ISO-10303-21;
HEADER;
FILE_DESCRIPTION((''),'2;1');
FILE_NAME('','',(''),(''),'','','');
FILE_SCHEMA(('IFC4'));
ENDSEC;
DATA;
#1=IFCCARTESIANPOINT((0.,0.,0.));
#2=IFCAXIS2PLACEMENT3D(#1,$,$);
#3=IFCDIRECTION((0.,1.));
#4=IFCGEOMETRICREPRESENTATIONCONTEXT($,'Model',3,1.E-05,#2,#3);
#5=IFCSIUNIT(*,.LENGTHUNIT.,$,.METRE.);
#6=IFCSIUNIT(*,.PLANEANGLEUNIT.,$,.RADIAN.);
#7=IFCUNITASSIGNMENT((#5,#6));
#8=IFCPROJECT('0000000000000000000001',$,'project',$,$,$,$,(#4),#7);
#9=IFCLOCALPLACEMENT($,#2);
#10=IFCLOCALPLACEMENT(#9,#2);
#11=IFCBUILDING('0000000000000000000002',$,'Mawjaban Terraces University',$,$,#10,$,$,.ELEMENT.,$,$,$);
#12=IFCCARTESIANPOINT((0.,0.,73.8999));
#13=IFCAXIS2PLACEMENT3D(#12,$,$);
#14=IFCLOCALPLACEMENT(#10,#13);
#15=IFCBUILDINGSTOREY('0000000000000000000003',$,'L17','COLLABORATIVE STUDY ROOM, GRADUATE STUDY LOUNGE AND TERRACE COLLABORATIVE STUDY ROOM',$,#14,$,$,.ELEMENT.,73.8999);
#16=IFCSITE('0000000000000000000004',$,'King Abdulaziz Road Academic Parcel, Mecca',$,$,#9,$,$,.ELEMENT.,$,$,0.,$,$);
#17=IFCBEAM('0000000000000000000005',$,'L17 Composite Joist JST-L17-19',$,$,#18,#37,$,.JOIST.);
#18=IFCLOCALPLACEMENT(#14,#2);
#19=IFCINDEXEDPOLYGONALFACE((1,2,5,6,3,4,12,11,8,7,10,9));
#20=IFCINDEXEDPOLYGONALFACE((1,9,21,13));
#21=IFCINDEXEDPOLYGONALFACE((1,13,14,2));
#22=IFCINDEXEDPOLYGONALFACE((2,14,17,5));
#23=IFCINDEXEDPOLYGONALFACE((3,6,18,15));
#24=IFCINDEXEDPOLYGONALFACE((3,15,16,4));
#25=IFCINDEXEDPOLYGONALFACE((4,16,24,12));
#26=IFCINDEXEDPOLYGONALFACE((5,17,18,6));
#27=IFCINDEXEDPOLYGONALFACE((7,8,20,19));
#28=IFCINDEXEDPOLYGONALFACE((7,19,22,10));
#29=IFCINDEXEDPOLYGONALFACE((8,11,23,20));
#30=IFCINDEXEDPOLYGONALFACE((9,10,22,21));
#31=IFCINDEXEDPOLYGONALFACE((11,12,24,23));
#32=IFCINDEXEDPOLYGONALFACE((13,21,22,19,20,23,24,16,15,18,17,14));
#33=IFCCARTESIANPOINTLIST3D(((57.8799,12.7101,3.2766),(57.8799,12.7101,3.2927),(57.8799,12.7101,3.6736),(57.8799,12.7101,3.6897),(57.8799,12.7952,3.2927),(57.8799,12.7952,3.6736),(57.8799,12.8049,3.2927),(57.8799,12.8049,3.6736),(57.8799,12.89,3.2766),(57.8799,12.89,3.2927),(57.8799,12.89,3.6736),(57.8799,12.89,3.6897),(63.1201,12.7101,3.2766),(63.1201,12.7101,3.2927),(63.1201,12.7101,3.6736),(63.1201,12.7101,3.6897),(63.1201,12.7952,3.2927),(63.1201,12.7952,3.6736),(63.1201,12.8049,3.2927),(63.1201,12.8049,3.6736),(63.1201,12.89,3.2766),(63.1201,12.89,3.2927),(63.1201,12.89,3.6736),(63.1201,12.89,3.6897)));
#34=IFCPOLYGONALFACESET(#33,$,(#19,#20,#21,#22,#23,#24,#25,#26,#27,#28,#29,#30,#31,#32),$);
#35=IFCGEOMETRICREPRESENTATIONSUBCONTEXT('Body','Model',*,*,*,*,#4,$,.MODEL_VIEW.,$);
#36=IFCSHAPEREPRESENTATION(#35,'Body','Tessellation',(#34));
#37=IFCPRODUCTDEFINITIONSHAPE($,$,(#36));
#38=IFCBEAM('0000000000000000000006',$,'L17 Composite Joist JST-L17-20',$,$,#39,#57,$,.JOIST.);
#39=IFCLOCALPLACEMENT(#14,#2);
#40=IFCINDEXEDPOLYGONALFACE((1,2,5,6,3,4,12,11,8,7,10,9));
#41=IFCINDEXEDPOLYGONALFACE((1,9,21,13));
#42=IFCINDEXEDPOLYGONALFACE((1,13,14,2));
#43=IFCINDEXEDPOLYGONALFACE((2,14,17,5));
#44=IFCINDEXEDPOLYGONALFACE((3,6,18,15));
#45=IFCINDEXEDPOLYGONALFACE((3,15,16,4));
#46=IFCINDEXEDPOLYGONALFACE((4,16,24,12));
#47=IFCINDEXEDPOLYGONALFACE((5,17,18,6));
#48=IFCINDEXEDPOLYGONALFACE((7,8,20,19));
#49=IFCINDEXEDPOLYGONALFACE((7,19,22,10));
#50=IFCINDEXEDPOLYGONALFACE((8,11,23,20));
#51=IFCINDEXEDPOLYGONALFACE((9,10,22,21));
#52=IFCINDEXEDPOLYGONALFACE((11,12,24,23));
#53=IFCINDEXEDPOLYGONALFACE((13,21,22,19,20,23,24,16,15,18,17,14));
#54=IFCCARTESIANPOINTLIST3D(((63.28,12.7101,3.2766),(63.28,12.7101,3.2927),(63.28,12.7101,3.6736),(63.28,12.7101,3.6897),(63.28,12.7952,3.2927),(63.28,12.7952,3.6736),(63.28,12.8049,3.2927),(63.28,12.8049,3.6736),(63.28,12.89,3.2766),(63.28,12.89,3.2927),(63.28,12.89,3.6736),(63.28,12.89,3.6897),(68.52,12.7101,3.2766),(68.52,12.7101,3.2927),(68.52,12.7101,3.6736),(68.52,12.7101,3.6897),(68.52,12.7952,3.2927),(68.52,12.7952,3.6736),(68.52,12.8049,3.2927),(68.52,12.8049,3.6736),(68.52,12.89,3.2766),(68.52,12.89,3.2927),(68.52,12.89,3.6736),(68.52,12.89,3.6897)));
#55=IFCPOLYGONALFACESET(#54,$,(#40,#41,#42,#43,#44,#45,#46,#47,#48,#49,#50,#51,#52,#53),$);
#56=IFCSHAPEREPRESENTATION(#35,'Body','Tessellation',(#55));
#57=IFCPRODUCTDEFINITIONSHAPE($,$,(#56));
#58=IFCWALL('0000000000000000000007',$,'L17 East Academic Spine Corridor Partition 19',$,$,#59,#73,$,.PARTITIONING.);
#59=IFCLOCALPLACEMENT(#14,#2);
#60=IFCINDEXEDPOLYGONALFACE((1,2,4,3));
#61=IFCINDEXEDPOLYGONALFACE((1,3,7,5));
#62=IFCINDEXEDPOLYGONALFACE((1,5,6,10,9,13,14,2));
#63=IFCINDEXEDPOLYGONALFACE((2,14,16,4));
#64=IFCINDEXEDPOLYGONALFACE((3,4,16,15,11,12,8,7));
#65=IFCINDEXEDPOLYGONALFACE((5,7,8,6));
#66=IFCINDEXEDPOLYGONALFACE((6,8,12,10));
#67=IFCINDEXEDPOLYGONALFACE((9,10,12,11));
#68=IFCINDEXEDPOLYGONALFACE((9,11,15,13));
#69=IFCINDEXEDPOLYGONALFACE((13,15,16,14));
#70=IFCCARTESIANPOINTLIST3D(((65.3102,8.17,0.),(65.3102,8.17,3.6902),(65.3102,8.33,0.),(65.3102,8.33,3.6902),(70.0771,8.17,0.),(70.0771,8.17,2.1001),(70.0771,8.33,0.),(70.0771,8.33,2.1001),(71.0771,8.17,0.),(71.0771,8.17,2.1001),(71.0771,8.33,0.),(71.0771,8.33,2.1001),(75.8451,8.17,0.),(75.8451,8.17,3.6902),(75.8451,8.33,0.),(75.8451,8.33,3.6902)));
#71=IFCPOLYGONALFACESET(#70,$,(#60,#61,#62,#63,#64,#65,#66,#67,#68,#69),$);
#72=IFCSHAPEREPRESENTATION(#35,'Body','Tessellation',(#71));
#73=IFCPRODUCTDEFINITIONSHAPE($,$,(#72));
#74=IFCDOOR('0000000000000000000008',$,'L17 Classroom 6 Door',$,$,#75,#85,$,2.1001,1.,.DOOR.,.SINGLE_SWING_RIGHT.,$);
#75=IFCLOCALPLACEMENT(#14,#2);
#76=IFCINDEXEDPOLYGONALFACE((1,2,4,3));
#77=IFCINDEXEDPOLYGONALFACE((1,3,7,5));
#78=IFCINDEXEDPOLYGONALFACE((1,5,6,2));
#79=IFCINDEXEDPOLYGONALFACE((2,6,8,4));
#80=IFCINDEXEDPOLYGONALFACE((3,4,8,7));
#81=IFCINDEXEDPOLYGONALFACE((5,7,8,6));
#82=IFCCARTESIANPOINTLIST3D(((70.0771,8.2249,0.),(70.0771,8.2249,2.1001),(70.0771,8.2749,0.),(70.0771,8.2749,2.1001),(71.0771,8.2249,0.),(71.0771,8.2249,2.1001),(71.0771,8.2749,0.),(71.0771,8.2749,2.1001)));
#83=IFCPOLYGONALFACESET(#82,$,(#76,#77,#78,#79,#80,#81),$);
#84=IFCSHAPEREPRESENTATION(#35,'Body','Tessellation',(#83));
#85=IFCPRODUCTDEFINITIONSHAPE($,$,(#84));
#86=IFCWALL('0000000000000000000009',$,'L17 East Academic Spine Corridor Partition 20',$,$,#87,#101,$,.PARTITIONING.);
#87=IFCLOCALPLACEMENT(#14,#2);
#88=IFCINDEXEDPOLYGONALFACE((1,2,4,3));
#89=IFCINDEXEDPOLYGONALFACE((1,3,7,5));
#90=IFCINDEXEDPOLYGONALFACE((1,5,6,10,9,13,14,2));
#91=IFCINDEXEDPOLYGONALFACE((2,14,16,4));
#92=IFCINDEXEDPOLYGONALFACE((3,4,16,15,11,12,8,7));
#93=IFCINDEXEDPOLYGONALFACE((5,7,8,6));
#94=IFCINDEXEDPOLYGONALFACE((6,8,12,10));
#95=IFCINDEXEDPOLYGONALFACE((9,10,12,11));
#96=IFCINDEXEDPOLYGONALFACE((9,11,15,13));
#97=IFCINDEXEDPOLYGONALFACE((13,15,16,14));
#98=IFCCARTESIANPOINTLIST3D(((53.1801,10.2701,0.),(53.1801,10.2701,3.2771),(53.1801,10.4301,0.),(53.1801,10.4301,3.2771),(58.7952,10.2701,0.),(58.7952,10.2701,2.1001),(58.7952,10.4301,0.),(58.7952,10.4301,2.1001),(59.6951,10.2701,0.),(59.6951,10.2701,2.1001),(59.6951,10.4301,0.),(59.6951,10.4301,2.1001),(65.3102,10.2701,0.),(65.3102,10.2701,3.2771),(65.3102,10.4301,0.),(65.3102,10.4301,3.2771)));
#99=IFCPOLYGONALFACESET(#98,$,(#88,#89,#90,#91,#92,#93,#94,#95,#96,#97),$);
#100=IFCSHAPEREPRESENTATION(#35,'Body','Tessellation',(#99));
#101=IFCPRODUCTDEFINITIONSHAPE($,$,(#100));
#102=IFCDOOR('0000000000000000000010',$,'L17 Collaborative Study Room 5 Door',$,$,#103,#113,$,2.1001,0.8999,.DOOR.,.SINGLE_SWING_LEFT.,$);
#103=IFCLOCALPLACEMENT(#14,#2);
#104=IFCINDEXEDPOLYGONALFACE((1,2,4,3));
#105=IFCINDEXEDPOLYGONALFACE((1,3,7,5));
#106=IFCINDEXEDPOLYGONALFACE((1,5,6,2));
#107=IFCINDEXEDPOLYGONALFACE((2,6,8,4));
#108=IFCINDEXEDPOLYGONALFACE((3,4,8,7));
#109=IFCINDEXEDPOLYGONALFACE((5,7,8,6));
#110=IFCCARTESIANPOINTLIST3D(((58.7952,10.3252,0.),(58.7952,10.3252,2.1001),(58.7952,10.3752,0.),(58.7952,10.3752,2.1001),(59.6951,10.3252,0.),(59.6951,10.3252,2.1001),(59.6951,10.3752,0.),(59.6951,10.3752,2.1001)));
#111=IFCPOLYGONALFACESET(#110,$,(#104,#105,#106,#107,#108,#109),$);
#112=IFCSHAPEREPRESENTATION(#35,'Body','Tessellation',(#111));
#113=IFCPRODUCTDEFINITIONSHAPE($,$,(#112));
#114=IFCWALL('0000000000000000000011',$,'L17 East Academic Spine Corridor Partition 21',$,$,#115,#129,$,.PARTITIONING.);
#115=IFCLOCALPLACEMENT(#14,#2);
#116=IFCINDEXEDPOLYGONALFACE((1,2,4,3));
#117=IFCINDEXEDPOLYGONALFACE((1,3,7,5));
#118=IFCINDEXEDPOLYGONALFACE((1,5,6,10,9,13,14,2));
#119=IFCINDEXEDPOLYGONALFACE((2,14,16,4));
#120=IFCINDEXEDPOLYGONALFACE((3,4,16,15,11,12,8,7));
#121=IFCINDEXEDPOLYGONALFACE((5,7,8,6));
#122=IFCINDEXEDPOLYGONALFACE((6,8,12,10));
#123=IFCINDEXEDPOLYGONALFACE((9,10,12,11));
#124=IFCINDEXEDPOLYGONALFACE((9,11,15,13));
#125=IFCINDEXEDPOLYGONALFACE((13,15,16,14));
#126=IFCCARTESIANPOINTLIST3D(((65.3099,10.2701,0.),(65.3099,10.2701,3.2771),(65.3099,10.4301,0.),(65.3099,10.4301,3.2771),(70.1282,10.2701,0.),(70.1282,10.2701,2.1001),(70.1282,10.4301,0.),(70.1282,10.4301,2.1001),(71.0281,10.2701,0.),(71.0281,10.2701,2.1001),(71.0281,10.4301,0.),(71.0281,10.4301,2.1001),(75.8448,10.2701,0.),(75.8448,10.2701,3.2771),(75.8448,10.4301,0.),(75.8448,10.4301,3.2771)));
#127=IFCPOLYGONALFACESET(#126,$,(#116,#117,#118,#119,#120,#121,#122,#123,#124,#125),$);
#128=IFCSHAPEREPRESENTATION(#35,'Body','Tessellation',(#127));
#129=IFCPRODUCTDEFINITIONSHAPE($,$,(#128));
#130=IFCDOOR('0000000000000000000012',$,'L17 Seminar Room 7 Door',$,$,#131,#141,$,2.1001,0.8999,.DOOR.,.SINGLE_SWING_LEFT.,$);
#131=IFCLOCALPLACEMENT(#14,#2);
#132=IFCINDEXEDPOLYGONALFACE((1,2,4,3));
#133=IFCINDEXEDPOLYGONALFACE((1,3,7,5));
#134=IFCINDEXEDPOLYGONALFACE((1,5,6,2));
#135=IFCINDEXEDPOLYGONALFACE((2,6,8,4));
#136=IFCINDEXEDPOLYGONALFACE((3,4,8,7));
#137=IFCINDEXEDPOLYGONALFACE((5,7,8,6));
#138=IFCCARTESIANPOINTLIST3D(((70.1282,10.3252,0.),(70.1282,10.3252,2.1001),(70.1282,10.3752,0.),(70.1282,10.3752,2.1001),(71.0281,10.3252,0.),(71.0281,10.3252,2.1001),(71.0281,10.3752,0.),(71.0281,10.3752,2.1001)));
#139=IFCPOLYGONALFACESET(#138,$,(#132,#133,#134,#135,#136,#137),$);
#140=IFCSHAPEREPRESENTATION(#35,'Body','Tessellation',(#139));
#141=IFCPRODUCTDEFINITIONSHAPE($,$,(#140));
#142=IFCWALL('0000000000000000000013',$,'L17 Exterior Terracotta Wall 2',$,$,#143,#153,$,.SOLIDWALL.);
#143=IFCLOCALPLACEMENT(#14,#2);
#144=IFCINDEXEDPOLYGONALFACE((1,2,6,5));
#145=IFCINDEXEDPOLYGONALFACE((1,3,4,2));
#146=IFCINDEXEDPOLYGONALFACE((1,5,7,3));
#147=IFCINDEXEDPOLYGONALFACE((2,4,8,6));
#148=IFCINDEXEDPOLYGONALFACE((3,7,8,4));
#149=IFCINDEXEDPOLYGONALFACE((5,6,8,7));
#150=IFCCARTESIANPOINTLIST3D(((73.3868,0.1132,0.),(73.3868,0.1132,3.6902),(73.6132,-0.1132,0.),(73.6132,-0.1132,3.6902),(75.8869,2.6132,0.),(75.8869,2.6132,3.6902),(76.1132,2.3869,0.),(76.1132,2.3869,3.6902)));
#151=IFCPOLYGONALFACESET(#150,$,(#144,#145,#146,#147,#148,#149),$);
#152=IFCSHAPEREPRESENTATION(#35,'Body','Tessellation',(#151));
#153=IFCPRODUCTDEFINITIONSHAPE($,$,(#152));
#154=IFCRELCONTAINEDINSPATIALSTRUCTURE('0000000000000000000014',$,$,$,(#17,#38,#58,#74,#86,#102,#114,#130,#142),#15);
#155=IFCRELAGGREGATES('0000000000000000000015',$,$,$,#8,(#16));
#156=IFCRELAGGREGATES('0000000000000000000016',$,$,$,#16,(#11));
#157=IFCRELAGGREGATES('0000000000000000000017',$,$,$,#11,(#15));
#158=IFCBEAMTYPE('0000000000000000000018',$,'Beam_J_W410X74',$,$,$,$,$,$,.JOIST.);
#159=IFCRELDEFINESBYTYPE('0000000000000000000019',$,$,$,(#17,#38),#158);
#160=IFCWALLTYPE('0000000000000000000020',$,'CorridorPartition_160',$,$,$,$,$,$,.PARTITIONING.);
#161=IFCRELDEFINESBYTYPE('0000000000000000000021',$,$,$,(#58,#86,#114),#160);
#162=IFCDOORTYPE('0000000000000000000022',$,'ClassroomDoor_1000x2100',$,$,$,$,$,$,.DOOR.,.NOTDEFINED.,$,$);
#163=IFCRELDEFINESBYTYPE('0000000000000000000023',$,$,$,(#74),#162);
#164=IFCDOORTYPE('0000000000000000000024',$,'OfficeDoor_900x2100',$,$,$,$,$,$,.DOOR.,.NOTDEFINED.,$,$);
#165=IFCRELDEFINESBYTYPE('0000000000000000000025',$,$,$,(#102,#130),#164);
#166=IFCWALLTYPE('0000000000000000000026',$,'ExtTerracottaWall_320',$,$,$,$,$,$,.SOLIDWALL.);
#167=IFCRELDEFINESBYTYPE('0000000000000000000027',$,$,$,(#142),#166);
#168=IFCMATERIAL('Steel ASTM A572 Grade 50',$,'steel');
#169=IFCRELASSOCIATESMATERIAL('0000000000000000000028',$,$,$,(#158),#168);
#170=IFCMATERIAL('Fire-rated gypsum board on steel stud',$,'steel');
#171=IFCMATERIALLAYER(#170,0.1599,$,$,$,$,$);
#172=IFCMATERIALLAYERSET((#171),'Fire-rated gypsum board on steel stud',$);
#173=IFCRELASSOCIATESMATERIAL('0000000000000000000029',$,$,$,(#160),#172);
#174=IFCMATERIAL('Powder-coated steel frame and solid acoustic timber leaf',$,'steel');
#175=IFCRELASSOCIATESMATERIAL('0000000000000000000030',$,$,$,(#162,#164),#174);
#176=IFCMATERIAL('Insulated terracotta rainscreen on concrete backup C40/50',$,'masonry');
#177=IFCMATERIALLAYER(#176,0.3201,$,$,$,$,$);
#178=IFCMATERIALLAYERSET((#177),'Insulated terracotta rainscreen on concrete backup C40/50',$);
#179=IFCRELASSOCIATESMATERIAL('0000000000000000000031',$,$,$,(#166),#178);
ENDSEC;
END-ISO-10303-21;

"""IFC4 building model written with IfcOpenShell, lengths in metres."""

from ifc_helpers import new_model, si_unit, direction, frame, frame_2d, origin, origin_2d, place, context, subcontext, project, spatial, rectangle, i_section, extrude, material, layer, layer_set, material_profile, profile_set, type_object, element, fill, save


model = new_model("IFC4")

# Units and contexts
model_context = context("Model", 3, precision=1e-05, world=origin(), true_north=direction((0.0, 1.0)))
body_context = subcontext(model_context, "Body", "Model", "MODEL_VIEW")
ifc_project = project(units=[si_unit("LENGTHUNIT", "METRE"), si_unit("PLANEANGLEUNIT", "RADIAN")], contexts=[model_context])

# Site, building, storey
site_placement = place(None, origin())
site = spatial("IfcSite", under=ifc_project, at=site_placement, Name="King Abdulaziz Road Academic Parcel, Mecca", CompositionType="ELEMENT", RefElevation=0.0)
building_placement = place(site_placement, origin())
building = spatial("IfcBuilding", under=site, at=building_placement, Name="Mawjaban Terraces University", CompositionType="ELEMENT")
storey_placement = place(building_placement, frame((0.0, 0.0, 73.8999)))
storey = spatial("IfcBuildingStorey", under=building, at=storey_placement, Name="L17", Description="COLLABORATIVE STUDY ROOM, GRADUATE STUDY LOUNGE AND TERRACE COLLABORATIVE STUDY ROOM", CompositionType="ELEMENT", Elevation=73.8999)

# Beams
ifc_material_1 = material(Name="Steel ASTM A572 Grade 50", Category="steel")
ifc_material_profile_1 = material_profile(ifc_material_1, i_section(OverallWidth=0.1799, OverallDepth=0.4131, WebThickness=0.0098, FlangeThickness=0.0161, at=origin_2d()), Name="W410X74")
ifc_profile_set_1 = profile_set([ifc_material_profile_1], Name="Steel ASTM A572 Grade 50")
beam_type_1 = type_object("IfcBeamType", Name="Beam_J_W410X74", PredefinedType="JOIST", material=ifc_profile_set_1)
beam_1_placement = place(storey_placement, frame((57.8799, 12.8, 3.4832), z_axis=(1.0, 0.0, 0.0), x_axis=(0.0, 1.0, 0.0)))
element("IfcBeam", 1, at=beam_1_placement, inside=storey, type_object=beam_type_1, Name="L17 Composite Joist JST-L17-19", PredefinedType="JOIST", context=body_context, shape_type="SweptSolid", body=[
    extrude(i_section(OverallWidth=0.1799, OverallDepth=0.4131, WebThickness=0.0098, FlangeThickness=0.0161, at=origin_2d()), origin(), (0.0, 0.0, 1.0), 5.2402),
])
beam_2_placement = place(storey_placement, frame((63.28, 12.8, 3.4832), z_axis=(1.0, 0.0, 0.0), x_axis=(0.0, 1.0, 0.0)))
element("IfcBeam", 2, at=beam_2_placement, inside=storey, type_object=beam_type_1, Name="L17 Composite Joist JST-L17-20", PredefinedType="JOIST", context=body_context, shape_type="SweptSolid", body=[
    extrude(i_section(OverallWidth=0.1799, OverallDepth=0.4131, WebThickness=0.0098, FlangeThickness=0.0161, at=origin_2d()), origin(), (0.0, 0.0, 1.0), 5.24),
])

# Walls, openings, doors
ifc_material_2 = material(Name="Fire-rated gypsum board on steel stud", Category="steel")
ifc_layer_1 = layer(ifc_material_2, 0.1599)
ifc_layer_set_1 = layer_set([ifc_layer_1], Name="Fire-rated gypsum board on steel stud")
wall_type_1 = type_object("IfcWallType", Name="CorridorPartition_160", PredefinedType="PARTITIONING", material=ifc_layer_set_1)
wall_1_placement = place(storey_placement, frame((65.3101, 8.25, 0.0), z_axis=(0.0, 0.0, 1.0), x_axis=(1.0, 0.0, 0.0)))
wall_1 = element("IfcWall", 3, at=wall_1_placement, inside=storey, type_object=wall_type_1, Name="L17 East Academic Spine Corridor Partition 19", PredefinedType="PARTITIONING", context=body_context, shape_type="SweptSolid", body=[
    extrude(rectangle(XDim=10.5349, YDim=0.1599, at=frame_2d((5.2676, 0.0))), origin(), (0.0, 0.0, 1.0), 3.6902),
])
opening_1_placement = place(wall_1_placement, frame((4.7671, 0.0, 0.0)))
opening_1 = element("IfcOpeningElement", 4, at=opening_1_placement, cuts=wall_1, PredefinedType="OPENING", context=body_context, shape_type="SweptSolid", body=[
    extrude(rectangle(XDim=1.0, YDim=2.1001, at=frame_2d((0.5, 1.05))), frame((0.0, 0.0898, 0.0), z_axis=(0.0, -1.0, 0.0), x_axis=(1.0, 0.0, 0.0)), (0.0, 0.0, 1.0), 0.1799),
])
ifc_material_3 = material(Name="Powder-coated steel frame and solid acoustic timber leaf", Category="steel")
door_type_1 = type_object("IfcDoorType", Name="ClassroomDoor_1000x2100", OperationType="NOTDEFINED", PredefinedType="DOOR", material=ifc_material_3)
door_1_placement = place(opening_1_placement, origin())
door_1 = element("IfcDoor", 5, at=door_1_placement, inside=storey, type_object=door_type_1, Name="L17 Classroom 6 Door", OperationType="SINGLE_SWING_RIGHT", OverallHeight=2.1001, OverallWidth=1.0, PredefinedType="DOOR", context=body_context, shape_type="SweptSolid", body=[
    extrude(rectangle(XDim=1.0, YDim=2.1001, at=frame_2d((0.5, 1.05))), frame((0.0, 0.0249, 0.0), z_axis=(0.0, -1.0, 0.0), x_axis=(1.0, 0.0, 0.0)), (0.0, 0.0, 1.0), 0.05),
])
fill(opening_1, door_1)
wall_2_placement = place(storey_placement, frame((65.3101, 10.3501, 0.0), z_axis=(0.0, 0.0, 1.0), x_axis=(-1.0, 0.0, 0.0)))
wall_2 = element("IfcWall", 6, at=wall_2_placement, inside=storey, type_object=wall_type_1, Name="L17 East Academic Spine Corridor Partition 20", PredefinedType="PARTITIONING", context=body_context, shape_type="SweptSolid", body=[
    extrude(rectangle(XDim=12.1301, YDim=0.1599, at=frame_2d((6.0649, 0.0))), origin(), (0.0, 0.0, 1.0), 3.2771),
])
opening_2_placement = place(wall_2_placement, frame((5.615, 0.0, 0.0)))
opening_2 = element("IfcOpeningElement", 7, at=opening_2_placement, cuts=wall_2, PredefinedType="OPENING", context=body_context, shape_type="SweptSolid", body=[
    extrude(rectangle(XDim=0.8999, YDim=2.1001, at=frame_2d((0.45, 1.05))), frame((0.0, 0.0898, 0.0), z_axis=(0.0, -1.0, 0.0), x_axis=(1.0, 0.0, 0.0)), (0.0, 0.0, 1.0), 0.1799),
])
door_type_2 = type_object("IfcDoorType", Name="OfficeDoor_900x2100", OperationType="NOTDEFINED", PredefinedType="DOOR", material=ifc_material_3)
door_2_placement = place(opening_2_placement, origin())
door_2 = element("IfcDoor", 8, at=door_2_placement, inside=storey, type_object=door_type_2, Name="L17 Collaborative Study Room 5 Door", OperationType="SINGLE_SWING_LEFT", OverallHeight=2.1001, OverallWidth=0.8999, PredefinedType="DOOR", context=body_context, shape_type="SweptSolid", body=[
    extrude(rectangle(XDim=0.8999, YDim=2.1001, at=frame_2d((0.45, 1.05))), frame((0.0, 0.0249, 0.0), z_axis=(0.0, -1.0, 0.0), x_axis=(1.0, 0.0, 0.0)), (0.0, 0.0, 1.0), 0.05),
])
fill(opening_2, door_2)
wall_3_placement = place(storey_placement, frame((75.845, 10.3501, 0.0), z_axis=(0.0, 0.0, 1.0), x_axis=(-1.0, 0.0, 0.0)))
wall_3 = element("IfcWall", 9, at=wall_3_placement, inside=storey, type_object=wall_type_1, Name="L17 East Academic Spine Corridor Partition 21", PredefinedType="PARTITIONING", context=body_context, shape_type="SweptSolid", body=[
    extrude(rectangle(XDim=10.5349, YDim=0.1599, at=frame_2d((5.2676, 0.0))), origin(), (0.0, 0.0, 1.0), 3.2771),
])
opening_3_placement = place(wall_3_placement, frame((4.8169, 0.0, 0.0)))
opening_3 = element("IfcOpeningElement", 10, at=opening_3_placement, cuts=wall_3, PredefinedType="OPENING", context=body_context, shape_type="SweptSolid", body=[
    extrude(rectangle(XDim=0.8999, YDim=2.1001, at=frame_2d((0.45, 1.05))), frame((0.0, 0.0898, 0.0), z_axis=(0.0, -1.0, 0.0), x_axis=(1.0, 0.0, 0.0)), (0.0, 0.0, 1.0), 0.1799),
])
door_3_placement = place(opening_3_placement, origin())
door_3 = element("IfcDoor", 11, at=door_3_placement, inside=storey, type_object=door_type_2, Name="L17 Seminar Room 7 Door", OperationType="SINGLE_SWING_LEFT", OverallHeight=2.1001, OverallWidth=0.8999, PredefinedType="DOOR", context=body_context, shape_type="SweptSolid", body=[
    extrude(rectangle(XDim=0.8999, YDim=2.1001, at=frame_2d((0.45, 1.05))), frame((0.0, 0.0249, 0.0), z_axis=(0.0, -1.0, 0.0), x_axis=(1.0, 0.0, 0.0)), (0.0, 0.0, 1.0), 0.05),
])
fill(opening_3, door_3)

# Wall
ifc_material_4 = material(Name="Insulated terracotta rainscreen on concrete backup C40/50", Category="masonry")
ifc_layer_2 = layer(ifc_material_4, 0.3201)
ifc_layer_set_2 = layer_set([ifc_layer_2], Name="Insulated terracotta rainscreen on concrete backup C40/50")
wall_type_2 = type_object("IfcWallType", Name="ExtTerracottaWall_320", PredefinedType="SOLIDWALL", material=ifc_layer_set_2)
wall_4_placement = place(storey_placement, frame((73.5, 0.0, 0.0), z_axis=(0.0, 0.0, 1.0), x_axis=(0.707107, 0.707107, 0.0)))
element("IfcWall", 12, at=wall_4_placement, inside=storey, type_object=wall_type_2, Name="L17 Exterior Terracotta Wall 2", PredefinedType="SOLIDWALL", context=body_context, shape_type="SweptSolid", body=[
    extrude(rectangle(XDim=3.5356, YDim=0.3201, at=frame_2d((1.7678, 0.0))), origin(), (0.0, 0.0, 1.0), 3.6902),
])

save(model, "model.ifc")
